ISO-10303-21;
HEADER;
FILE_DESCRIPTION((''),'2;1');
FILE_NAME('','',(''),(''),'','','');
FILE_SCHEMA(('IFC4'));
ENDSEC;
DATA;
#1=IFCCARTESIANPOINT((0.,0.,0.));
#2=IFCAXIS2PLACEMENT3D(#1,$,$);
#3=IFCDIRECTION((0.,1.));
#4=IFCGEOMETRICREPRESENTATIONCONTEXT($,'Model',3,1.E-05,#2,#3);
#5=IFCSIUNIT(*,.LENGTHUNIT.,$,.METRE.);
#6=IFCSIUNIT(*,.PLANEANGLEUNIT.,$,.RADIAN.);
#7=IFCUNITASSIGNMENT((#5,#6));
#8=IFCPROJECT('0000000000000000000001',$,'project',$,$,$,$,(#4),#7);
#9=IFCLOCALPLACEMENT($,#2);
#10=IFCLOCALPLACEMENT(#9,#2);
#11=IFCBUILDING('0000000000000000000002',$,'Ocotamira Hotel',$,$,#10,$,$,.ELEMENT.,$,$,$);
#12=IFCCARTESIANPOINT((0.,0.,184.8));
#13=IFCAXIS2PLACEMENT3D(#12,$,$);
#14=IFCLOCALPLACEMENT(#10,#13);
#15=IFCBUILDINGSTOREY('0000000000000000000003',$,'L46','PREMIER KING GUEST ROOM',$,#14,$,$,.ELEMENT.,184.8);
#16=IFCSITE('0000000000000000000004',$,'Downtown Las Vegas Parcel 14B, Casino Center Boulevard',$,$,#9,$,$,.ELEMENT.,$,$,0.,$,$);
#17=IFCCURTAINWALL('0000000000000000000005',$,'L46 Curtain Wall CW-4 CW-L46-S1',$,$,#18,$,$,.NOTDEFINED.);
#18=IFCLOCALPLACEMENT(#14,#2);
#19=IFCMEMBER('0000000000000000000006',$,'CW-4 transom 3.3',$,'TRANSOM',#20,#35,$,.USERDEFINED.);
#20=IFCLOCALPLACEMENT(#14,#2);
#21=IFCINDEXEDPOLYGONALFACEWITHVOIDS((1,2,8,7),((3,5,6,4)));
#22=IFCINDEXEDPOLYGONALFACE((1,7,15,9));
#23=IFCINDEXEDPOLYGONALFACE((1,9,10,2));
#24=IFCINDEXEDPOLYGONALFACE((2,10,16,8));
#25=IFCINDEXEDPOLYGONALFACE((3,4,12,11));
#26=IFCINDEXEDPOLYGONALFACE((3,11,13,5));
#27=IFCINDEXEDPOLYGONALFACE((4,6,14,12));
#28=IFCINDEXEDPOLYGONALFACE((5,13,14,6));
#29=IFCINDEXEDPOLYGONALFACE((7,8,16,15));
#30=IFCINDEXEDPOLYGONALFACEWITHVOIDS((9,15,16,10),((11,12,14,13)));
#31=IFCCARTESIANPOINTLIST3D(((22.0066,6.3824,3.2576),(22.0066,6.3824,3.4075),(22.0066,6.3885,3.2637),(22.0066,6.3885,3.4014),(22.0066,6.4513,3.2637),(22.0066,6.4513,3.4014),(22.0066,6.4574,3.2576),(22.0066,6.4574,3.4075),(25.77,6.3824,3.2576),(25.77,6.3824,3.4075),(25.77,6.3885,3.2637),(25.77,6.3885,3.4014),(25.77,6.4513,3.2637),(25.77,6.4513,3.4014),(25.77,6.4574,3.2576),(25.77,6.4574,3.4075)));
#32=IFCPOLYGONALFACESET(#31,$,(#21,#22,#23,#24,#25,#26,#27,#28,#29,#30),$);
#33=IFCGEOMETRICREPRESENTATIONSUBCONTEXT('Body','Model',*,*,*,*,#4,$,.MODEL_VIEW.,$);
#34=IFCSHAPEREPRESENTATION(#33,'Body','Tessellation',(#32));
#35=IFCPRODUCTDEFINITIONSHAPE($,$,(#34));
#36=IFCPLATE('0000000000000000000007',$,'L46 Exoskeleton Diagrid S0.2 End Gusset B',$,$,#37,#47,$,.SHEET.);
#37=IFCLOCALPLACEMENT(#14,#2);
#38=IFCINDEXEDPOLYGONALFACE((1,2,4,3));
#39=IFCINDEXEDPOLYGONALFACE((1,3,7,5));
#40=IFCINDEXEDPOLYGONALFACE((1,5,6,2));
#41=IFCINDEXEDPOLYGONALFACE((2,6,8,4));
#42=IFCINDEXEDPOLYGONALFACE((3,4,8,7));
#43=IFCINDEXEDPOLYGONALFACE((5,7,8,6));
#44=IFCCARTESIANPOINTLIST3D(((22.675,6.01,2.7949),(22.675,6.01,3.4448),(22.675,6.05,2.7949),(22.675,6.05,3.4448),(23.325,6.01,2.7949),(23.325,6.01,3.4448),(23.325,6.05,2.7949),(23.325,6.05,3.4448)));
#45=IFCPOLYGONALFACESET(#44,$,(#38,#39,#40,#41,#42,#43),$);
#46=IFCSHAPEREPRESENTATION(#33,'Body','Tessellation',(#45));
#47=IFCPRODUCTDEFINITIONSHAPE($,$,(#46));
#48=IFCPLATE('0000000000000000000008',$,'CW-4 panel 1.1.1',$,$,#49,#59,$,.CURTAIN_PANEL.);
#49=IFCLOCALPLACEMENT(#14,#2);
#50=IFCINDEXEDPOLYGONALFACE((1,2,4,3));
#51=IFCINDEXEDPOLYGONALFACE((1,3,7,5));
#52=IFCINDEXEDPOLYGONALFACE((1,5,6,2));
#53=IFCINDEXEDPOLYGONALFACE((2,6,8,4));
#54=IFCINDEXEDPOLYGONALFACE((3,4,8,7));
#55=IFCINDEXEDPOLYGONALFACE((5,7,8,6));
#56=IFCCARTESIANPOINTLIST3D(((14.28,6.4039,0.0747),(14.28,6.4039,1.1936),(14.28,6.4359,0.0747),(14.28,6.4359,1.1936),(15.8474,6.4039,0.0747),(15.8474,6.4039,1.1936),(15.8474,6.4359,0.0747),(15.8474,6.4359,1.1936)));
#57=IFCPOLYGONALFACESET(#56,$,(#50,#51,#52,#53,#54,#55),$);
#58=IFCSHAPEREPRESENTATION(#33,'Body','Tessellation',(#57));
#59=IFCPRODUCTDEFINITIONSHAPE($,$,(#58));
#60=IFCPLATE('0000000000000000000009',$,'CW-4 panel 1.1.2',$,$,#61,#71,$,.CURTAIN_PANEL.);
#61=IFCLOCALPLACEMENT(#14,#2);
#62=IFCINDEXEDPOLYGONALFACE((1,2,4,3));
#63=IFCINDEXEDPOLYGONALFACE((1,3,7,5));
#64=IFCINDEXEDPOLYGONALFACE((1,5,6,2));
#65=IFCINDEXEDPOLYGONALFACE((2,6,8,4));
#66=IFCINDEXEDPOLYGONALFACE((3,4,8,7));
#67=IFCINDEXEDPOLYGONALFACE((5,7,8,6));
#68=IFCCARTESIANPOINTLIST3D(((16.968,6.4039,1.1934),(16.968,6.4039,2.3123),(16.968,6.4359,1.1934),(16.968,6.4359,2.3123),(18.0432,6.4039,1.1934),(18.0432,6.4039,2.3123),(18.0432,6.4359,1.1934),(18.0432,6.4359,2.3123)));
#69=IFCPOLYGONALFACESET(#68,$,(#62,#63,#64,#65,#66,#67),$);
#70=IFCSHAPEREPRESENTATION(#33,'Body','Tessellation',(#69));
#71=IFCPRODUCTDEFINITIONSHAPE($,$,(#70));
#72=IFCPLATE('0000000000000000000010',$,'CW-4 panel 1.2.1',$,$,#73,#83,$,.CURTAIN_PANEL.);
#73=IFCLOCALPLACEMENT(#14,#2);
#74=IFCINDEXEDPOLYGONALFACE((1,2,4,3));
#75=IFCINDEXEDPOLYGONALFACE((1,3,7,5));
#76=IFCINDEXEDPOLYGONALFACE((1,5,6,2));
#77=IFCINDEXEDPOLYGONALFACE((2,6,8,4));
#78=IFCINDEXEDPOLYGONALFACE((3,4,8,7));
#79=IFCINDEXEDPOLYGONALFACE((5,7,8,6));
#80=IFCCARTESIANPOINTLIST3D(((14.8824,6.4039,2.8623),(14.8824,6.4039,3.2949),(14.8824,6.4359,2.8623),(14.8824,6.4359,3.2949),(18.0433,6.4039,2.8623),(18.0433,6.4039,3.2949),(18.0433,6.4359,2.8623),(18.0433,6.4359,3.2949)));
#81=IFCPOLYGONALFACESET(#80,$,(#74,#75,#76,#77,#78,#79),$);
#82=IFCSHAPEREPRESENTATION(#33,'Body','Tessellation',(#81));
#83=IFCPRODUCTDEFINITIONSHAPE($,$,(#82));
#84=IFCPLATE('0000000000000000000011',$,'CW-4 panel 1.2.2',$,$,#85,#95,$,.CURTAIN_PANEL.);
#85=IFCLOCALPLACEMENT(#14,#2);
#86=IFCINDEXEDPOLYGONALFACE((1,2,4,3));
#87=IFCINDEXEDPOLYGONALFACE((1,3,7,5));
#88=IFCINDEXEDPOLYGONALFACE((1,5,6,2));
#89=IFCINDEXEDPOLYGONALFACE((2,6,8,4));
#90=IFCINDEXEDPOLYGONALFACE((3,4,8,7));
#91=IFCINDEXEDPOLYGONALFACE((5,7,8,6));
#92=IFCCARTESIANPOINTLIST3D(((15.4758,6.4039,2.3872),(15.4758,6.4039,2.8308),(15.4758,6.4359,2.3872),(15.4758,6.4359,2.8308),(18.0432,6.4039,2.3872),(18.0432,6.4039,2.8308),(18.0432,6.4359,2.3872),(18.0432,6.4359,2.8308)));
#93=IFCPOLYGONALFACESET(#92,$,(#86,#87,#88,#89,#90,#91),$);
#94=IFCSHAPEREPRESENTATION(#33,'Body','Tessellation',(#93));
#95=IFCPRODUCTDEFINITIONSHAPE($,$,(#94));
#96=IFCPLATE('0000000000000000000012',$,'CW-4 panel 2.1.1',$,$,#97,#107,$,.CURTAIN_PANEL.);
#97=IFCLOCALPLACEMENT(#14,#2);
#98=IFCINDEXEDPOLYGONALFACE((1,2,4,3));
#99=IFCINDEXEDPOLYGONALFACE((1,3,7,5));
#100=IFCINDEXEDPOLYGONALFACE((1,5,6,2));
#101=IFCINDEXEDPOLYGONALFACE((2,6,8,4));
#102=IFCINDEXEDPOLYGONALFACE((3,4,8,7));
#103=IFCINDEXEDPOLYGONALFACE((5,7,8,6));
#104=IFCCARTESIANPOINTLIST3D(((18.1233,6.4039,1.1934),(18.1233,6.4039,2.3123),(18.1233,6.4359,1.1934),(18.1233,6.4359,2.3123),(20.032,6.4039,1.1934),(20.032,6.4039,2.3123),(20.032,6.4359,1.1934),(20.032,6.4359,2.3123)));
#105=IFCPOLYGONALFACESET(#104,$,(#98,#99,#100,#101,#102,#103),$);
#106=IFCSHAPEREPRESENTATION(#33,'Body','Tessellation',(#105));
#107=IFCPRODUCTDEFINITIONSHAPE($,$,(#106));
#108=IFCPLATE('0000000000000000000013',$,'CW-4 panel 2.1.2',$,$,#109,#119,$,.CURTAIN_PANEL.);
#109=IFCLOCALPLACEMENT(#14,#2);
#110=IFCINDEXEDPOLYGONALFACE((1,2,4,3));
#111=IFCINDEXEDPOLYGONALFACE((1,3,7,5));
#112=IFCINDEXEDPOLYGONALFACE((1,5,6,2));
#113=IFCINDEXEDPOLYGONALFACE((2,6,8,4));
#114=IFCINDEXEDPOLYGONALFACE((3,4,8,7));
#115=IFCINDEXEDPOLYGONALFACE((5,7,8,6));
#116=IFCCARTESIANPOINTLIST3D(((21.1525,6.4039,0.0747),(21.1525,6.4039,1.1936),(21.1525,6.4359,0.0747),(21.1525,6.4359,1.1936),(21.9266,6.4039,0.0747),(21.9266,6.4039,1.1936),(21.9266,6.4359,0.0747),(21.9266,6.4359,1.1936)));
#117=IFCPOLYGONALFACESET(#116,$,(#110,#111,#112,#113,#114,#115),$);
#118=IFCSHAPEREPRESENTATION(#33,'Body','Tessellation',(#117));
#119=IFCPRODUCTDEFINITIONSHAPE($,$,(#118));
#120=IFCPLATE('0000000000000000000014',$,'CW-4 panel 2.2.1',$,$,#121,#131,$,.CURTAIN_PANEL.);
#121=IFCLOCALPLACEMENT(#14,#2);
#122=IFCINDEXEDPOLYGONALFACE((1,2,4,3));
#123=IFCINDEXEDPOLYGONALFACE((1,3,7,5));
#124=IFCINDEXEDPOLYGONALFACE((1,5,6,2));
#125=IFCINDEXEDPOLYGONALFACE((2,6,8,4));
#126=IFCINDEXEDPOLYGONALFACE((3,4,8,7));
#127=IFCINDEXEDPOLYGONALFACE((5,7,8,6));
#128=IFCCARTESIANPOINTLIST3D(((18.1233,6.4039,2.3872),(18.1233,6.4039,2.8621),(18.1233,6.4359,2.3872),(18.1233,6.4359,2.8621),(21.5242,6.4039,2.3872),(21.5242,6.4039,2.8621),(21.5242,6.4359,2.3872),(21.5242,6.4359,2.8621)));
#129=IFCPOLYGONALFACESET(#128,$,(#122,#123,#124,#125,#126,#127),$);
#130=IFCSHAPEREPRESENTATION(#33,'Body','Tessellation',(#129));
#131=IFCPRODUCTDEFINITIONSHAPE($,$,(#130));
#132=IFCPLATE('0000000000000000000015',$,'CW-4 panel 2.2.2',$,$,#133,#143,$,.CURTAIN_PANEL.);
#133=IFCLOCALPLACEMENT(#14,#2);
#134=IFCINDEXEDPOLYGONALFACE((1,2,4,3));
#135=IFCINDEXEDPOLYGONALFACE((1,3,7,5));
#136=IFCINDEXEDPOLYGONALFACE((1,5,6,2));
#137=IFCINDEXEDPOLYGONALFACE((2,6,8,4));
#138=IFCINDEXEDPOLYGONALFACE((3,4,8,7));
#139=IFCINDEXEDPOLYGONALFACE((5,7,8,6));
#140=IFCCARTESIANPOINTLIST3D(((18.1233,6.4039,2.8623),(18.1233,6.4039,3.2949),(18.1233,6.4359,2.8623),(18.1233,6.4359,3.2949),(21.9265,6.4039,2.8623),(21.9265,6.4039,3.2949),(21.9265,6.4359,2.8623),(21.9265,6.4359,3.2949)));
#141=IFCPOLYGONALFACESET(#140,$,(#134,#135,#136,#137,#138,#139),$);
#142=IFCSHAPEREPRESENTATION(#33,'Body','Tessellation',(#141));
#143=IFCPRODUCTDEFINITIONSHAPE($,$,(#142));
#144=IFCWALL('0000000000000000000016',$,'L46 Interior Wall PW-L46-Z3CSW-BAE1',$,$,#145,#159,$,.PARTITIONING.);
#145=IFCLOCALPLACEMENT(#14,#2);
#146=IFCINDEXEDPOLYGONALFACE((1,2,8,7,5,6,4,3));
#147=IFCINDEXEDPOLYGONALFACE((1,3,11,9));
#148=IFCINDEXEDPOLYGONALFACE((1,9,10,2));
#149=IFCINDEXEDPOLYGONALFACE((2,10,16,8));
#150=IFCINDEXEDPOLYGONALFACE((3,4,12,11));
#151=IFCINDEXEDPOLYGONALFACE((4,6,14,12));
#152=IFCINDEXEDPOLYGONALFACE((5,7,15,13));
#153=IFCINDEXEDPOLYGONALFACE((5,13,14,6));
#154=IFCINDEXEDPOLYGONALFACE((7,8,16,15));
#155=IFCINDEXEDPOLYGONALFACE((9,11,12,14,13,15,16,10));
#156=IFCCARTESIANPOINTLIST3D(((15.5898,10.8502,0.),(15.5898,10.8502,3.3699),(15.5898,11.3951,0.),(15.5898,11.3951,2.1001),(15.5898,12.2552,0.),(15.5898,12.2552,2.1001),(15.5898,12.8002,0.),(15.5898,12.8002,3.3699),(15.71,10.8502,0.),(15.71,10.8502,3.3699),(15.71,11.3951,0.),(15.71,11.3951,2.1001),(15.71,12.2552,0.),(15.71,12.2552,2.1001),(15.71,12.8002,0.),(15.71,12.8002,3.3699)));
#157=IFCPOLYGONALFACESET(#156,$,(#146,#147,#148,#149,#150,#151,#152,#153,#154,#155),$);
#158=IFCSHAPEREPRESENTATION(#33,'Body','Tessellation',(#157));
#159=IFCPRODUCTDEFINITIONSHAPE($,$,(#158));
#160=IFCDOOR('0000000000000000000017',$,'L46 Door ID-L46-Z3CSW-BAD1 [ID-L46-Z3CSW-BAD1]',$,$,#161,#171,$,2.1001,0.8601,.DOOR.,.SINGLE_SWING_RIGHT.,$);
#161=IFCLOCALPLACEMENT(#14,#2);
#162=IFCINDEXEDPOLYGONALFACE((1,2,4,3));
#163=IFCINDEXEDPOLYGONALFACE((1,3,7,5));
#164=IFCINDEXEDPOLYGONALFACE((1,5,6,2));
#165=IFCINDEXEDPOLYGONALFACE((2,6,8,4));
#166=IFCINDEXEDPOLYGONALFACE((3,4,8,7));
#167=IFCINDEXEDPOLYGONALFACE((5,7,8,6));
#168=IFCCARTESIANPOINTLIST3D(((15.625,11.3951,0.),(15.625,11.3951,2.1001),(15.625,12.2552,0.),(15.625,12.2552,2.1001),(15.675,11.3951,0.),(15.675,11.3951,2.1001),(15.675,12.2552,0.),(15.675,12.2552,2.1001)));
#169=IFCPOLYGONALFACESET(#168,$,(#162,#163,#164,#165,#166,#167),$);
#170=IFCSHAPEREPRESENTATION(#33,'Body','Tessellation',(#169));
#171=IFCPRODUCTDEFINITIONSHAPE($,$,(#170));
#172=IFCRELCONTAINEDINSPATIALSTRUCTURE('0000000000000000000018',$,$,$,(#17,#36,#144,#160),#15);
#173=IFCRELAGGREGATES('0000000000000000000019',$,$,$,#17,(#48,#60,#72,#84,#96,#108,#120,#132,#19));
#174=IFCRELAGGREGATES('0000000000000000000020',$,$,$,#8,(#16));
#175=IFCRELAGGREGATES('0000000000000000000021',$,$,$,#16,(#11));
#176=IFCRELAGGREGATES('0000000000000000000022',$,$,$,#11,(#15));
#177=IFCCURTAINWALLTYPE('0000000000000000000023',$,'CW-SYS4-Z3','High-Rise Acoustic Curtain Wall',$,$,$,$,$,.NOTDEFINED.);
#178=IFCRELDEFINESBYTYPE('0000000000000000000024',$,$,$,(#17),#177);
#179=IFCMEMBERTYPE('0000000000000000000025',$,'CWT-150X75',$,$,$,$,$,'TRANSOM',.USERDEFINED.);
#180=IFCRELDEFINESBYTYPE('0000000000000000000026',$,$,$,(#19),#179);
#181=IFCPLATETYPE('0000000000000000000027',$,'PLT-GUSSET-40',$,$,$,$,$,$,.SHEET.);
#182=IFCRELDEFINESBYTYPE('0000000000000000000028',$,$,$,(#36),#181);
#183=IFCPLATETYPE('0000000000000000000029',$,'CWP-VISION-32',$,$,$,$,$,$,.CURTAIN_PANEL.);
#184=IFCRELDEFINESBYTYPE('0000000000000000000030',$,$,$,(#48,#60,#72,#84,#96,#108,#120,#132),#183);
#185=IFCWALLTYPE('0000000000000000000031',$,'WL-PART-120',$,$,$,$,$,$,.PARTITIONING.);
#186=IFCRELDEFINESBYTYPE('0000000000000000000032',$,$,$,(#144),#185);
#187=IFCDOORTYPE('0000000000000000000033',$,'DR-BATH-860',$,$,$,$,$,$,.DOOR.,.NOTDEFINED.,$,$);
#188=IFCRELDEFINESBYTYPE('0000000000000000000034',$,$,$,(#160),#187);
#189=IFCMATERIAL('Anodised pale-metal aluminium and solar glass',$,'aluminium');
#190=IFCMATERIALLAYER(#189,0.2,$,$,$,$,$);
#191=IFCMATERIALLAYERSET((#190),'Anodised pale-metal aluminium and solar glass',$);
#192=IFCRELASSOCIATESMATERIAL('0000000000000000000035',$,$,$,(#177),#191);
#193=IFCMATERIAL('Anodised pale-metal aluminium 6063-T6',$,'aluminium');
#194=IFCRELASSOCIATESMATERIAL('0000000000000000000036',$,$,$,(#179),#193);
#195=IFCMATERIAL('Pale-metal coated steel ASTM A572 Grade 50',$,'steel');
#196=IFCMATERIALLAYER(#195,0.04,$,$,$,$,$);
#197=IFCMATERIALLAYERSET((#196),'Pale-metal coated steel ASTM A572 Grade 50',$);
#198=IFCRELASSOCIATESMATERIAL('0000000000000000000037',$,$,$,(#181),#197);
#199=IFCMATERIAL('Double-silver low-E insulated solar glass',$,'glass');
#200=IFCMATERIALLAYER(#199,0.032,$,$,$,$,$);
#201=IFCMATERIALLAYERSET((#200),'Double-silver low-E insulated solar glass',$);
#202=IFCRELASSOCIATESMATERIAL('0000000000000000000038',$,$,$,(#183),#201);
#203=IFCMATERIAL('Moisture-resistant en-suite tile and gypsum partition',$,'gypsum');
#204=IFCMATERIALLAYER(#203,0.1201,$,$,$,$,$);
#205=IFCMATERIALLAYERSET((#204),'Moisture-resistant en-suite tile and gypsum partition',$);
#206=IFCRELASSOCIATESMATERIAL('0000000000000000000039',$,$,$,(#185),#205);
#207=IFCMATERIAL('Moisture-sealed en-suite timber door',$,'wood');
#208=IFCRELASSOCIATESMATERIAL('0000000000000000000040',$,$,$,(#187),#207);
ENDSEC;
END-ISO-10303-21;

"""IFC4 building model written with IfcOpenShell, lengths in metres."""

from ifc_helpers import new_model, si_unit, direction, frame, frame_2d, origin, origin_2d, place, context, subcontext, project, spatial, rectangle, hollow_rectangle, extrude, source, transform, mapped, material, layer, layer_set, material_profile, profile_set, type_object, element, fill, aggregate, save


model = new_model("IFC4")

# Units and contexts
model_context = context("Model", 3, precision=1e-05, world=origin(), true_north=direction((0.0, 1.0)))
body_context = subcontext(model_context, "Body", "Model", "MODEL_VIEW")
ifc_project = project(units=[si_unit("LENGTHUNIT", "METRE"), si_unit("PLANEANGLEUNIT", "RADIAN")], contexts=[model_context])

# Site, building, storey
site_placement = place(None, origin())
site = spatial("IfcSite", under=ifc_project, at=site_placement, Name="Downtown Las Vegas Parcel 14B, Casino Center Boulevard", CompositionType="ELEMENT", RefElevation=0.0)
building_placement = place(site_placement, origin())
building = spatial("IfcBuilding", under=site, at=building_placement, Name="Ocotamira Hotel", CompositionType="ELEMENT")
storey_placement = place(building_placement, frame((0.0, 0.0, 184.8)))
storey = spatial("IfcBuildingStorey", under=building, at=storey_placement, Name="L46", Description="PREMIER KING GUEST ROOM", CompositionType="ELEMENT", Elevation=184.8)

# Curtain wall, member
ifc_material_1 = material(Name="Anodised pale-metal aluminium and solar glass", Category="aluminium")
ifc_layer_1 = layer(ifc_material_1, 0.2)
ifc_layer_set_1 = layer_set([ifc_layer_1], Name="Anodised pale-metal aluminium and solar glass")
curtain_wall_type = type_object("IfcCurtainWallType", Name="CW-SYS4-Z3", Description="High-Rise Acoustic Curtain Wall", PredefinedType="NOTDEFINED", material=ifc_layer_set_1)
curtain_wall_placement = place(storey_placement, origin())
curtain_wall = element("IfcCurtainWall", 1, at=curtain_wall_placement, inside=storey, type_object=curtain_wall_type, Name="L46 Curtain Wall CW-4 CW-L46-S1", PredefinedType="NOTDEFINED")
ifc_material_2 = material(Name="Anodised pale-metal aluminium 6063-T6", Category="aluminium")
ifc_material_profile_1 = material_profile(ifc_material_2, hollow_rectangle(XDim=0.075, YDim=0.1499, WallThickness=0.0061, at=origin_2d()), Name="HSS150X75X6")
ifc_profile_set_1 = profile_set([ifc_material_profile_1], Name="Anodised pale-metal aluminium 6063-T6")
member_type_1 = type_object("IfcMemberType", Name="CWT-150X75", ElementType="TRANSOM", PredefinedType="USERDEFINED", material=ifc_profile_set_1)
shared_shape_1 = source(origin(), body_context, "Body", "SweptSolid", [
    extrude(hollow_rectangle(XDim=0.075, YDim=0.1499, WallThickness=0.0061, at=origin_2d()), origin(), (0.0, 0.0, 1.0), 3.7634),
])
member_1_placement = place(storey_placement, frame((22.0066, 6.4199, 3.3325), z_axis=(1.0, 0.0, 0.0), x_axis=(0.0, 1.0, 0.0)))
member_1 = element("IfcMember", 2, at=member_1_placement, type_object=member_type_1, Name="CW-4 transom 3.3", ObjectType="TRANSOM", PredefinedType="USERDEFINED", context=body_context, shape_type="MappedRepresentation", body=[
    mapped(shared_shape_1, transform((0.0, 0.0, 0.0), scale=1.0)),
])

# Plates
ifc_material_3 = material(Name="Pale-metal coated steel ASTM A572 Grade 50", Category="steel")
ifc_layer_2 = layer(ifc_material_3, 0.04)
ifc_layer_set_2 = layer_set([ifc_layer_2], Name="Pale-metal coated steel ASTM A572 Grade 50")
plate_type_1 = type_object("IfcPlateType", Name="PLT-GUSSET-40", PredefinedType="SHEET", material=ifc_layer_set_2)
shared_shape_2 = source(origin(), body_context, "Body", "SweptSolid", [
    extrude(rectangle(XDim=0.6499, YDim=0.04, at=origin_2d()), origin(), (0.0, 0.0, 1.0), 0.6499),
])
plate_1_placement = place(storey_placement, frame((23.0, 6.03, 2.7949), z_axis=(0.0, 0.0, 1.0), x_axis=(1.0, 0.0, 0.0)))
element("IfcPlate", 3, at=plate_1_placement, inside=storey, type_object=plate_type_1, Name="L46 Exoskeleton Diagrid S0.2 End Gusset B", PredefinedType="SHEET", context=body_context, shape_type="MappedRepresentation", body=[
    mapped(shared_shape_2, transform((0.0, 0.0, 0.0), scale=1.0)),
])
ifc_material_4 = material(Name="Double-silver low-E insulated solar glass", Category="glass")
ifc_layer_3 = layer(ifc_material_4, 0.032)
ifc_layer_set_3 = layer_set([ifc_layer_3], Name="Double-silver low-E insulated solar glass")
plate_type_2 = type_object("IfcPlateType", Name="CWP-VISION-32", PredefinedType="CURTAIN_PANEL", material=ifc_layer_set_3)
shared_shape_3 = source(origin(), body_context, "Body", "SweptSolid", [
    extrude(rectangle(XDim=1.5674, YDim=0.032, at=origin_2d()), origin(), (0.0, 0.0, 1.0), 1.1189),
])
plate_2_placement = place(storey_placement, frame((15.0637, 6.4199, 0.0747), z_axis=(0.0, 0.0, 1.0), x_axis=(1.0, 0.0, 0.0)))
plate_2 = element("IfcPlate", 4, at=plate_2_placement, type_object=plate_type_2, Name="CW-4 panel 1.1.1", PredefinedType="CURTAIN_PANEL", context=body_context, shape_type="MappedRepresentation", body=[
    mapped(shared_shape_3, transform((0.0, 0.0, 0.0), scale=1.0)),
])
shared_shape_4 = source(origin(), body_context, "Body", "SweptSolid", [
    extrude(rectangle(XDim=1.0752, YDim=0.032, at=origin_2d()), origin(), (0.0, 0.0, 1.0), 1.1189),
])
plate_3_placement = place(storey_placement, frame((17.5056, 6.4199, 1.1934), z_axis=(0.0, 0.0, 1.0), x_axis=(1.0, 0.0, 0.0)))
plate_3 = element("IfcPlate", 5, at=plate_3_placement, type_object=plate_type_2, Name="CW-4 panel 1.1.2", PredefinedType="CURTAIN_PANEL", context=body_context, shape_type="MappedRepresentation", body=[
    mapped(shared_shape_4, transform((0.0, 0.0, 0.0), scale=1.0)),
])
shared_shape_5 = source(origin(), body_context, "Body", "SweptSolid", [
    extrude(rectangle(XDim=3.1609, YDim=0.032, at=origin_2d()), origin(), (0.0, 0.0, 1.0), 0.4326),
])
plate_4_placement = place(storey_placement, frame((16.4629, 6.4199, 2.8623), z_axis=(0.0, 0.0, 1.0), x_axis=(1.0, 0.0, 0.0)))
plate_4 = element("IfcPlate", 6, at=plate_4_placement, type_object=plate_type_2, Name="CW-4 panel 1.2.1", PredefinedType="CURTAIN_PANEL", context=body_context, shape_type="MappedRepresentation", body=[
    mapped(shared_shape_5, transform((0.0, 0.0, 0.0), scale=1.0)),
])
shared_shape_6 = source(origin(), body_context, "Body", "SweptSolid", [
    extrude(rectangle(XDim=2.5674, YDim=0.032, at=origin_2d()), origin(), (0.0, 0.0, 1.0), 0.4436),
])
plate_5_placement = place(storey_placement, frame((16.7595, 6.4199, 2.3872), z_axis=(0.0, 0.0, 1.0), x_axis=(1.0, 0.0, 0.0)))
plate_5 = element("IfcPlate", 7, at=plate_5_placement, type_object=plate_type_2, Name="CW-4 panel 1.2.2", PredefinedType="CURTAIN_PANEL", context=body_context, shape_type="MappedRepresentation", body=[
    mapped(shared_shape_6, transform((0.0, 0.0, 0.0), scale=1.0)),
])
shared_shape_7 = source(origin(), body_context, "Body", "SweptSolid", [
    extrude(rectangle(XDim=1.9087, YDim=0.032, at=origin_2d()), origin(), (0.0, 0.0, 1.0), 1.1189),
])
plate_6_placement = place(storey_placement, frame((19.0776, 6.4199, 1.1934), z_axis=(0.0, 0.0, 1.0), x_axis=(1.0, 0.0, 0.0)))
plate_6 = element("IfcPlate", 8, at=plate_6_placement, type_object=plate_type_2, Name="CW-4 panel 2.1.1", PredefinedType="CURTAIN_PANEL", context=body_context, shape_type="MappedRepresentation", body=[
    mapped(shared_shape_7, transform((0.0, 0.0, 0.0), scale=1.0)),
])
shared_shape_8 = source(origin(), body_context, "Body", "SweptSolid", [
    extrude(rectangle(XDim=0.7742, YDim=0.032, at=origin_2d()), origin(), (0.0, 0.0, 1.0), 1.1189),
])
plate_7_placement = place(storey_placement, frame((21.5396, 6.4199, 0.0747), z_axis=(0.0, 0.0, 1.0), x_axis=(1.0, 0.0, 0.0)))
plate_7 = element("IfcPlate", 9, at=plate_7_placement, type_object=plate_type_2, Name="CW-4 panel 2.1.2", PredefinedType="CURTAIN_PANEL", context=body_context, shape_type="MappedRepresentation", body=[
    mapped(shared_shape_8, transform((0.0, 0.0, 0.0), scale=1.0)),
])
shared_shape_9 = source(origin(), body_context, "Body", "SweptSolid", [
    extrude(rectangle(XDim=3.4009, YDim=0.032, at=origin_2d()), origin(), (0.0, 0.0, 1.0), 0.4749),
])
plate_8_placement = place(storey_placement, frame((19.8237, 6.4199, 2.3872), z_axis=(0.0, 0.0, 1.0), x_axis=(1.0, 0.0, 0.0)))
plate_8 = element("IfcPlate", 10, at=plate_8_placement, type_object=plate_type_2, Name="CW-4 panel 2.2.1", PredefinedType="CURTAIN_PANEL", context=body_context, shape_type="MappedRepresentation", body=[
    mapped(shared_shape_9, transform((0.0, 0.0, 0.0), scale=1.0)),
])
shared_shape_10 = source(origin(), body_context, "Body", "SweptSolid", [
    extrude(rectangle(XDim=3.8032, YDim=0.032, at=origin_2d()), origin(), (0.0, 0.0, 1.0), 0.4326),
])
plate_9_placement = place(storey_placement, frame((20.0249, 6.4199, 2.8623), z_axis=(0.0, 0.0, 1.0), x_axis=(1.0, 0.0, 0.0)))
plate_9 = element("IfcPlate", 11, at=plate_9_placement, type_object=plate_type_2, Name="CW-4 panel 2.2.2", PredefinedType="CURTAIN_PANEL", context=body_context, shape_type="MappedRepresentation", body=[
    mapped(shared_shape_10, transform((0.0, 0.0, 0.0), scale=1.0)),
])
aggregate(curtain_wall, [plate_2, plate_3, plate_4, plate_5, plate_6, plate_7, plate_8, plate_9, member_1])

# Wall, opening, door
ifc_material_5 = material(Name="Moisture-resistant en-suite tile and gypsum partition", Category="gypsum")
ifc_layer_4 = layer(ifc_material_5, 0.1201)
ifc_layer_set_4 = layer_set([ifc_layer_4], Name="Moisture-resistant en-suite tile and gypsum partition")
wall_type_1 = type_object("IfcWallType", Name="WL-PART-120", PredefinedType="PARTITIONING", material=ifc_layer_set_4)
wall_1_placement = place(storey_placement, frame((15.6499, 10.8501, 0.0), z_axis=(0.0, 0.0, 1.0), x_axis=(0.0, 1.0, 0.0)))
wall_1 = element("IfcWall", 12, at=wall_1_placement, inside=storey, type_object=wall_type_1, Name="L46 Interior Wall PW-L46-Z3CSW-BAE1", PredefinedType="PARTITIONING", context=body_context, shape_type="SweptSolid", body=[
    extrude(rectangle(XDim=1.95, YDim=0.1201, at=frame_2d((0.9751, 0.0))), origin(), (0.0, 0.0, 1.0), 3.3699),
])
opening_placement = place(wall_1_placement, frame((0.5449, 0.0, 0.0)))
opening = element("IfcOpeningElement", 13, at=opening_placement, cuts=wall_1, PredefinedType="OPENING", context=body_context, shape_type="SweptSolid", body=[
    extrude(rectangle(XDim=0.8601, YDim=2.1001, at=frame_2d((0.4302, 1.05))), frame((0.0, 0.0701, 0.0), z_axis=(0.0, -1.0, 0.0), x_axis=(1.0, 0.0, 0.0)), (0.0, 0.0, 1.0), 0.1401),
])
ifc_material_6 = material(Name="Moisture-sealed en-suite timber door", Category="wood")
door_type = type_object("IfcDoorType", Name="DR-BATH-860", OperationType="NOTDEFINED", PredefinedType="DOOR", material=ifc_material_6)
shared_shape_11 = source(origin(), body_context, "Body", "SweptSolid", [
    extrude(rectangle(XDim=0.8601, YDim=2.1001, at=frame_2d((0.4302, 1.05))), frame((0.0, 0.0249, 0.0), z_axis=(0.0, -1.0, 0.0), x_axis=(1.0, 0.0, 0.0)), (0.0, 0.0, 1.0), 0.05),
])
door_placement = place(opening_placement, origin())
door = element("IfcDoor", 14, at=door_placement, inside=storey, type_object=door_type, Name="L46 Door ID-L46-Z3CSW-BAD1 [ID-L46-Z3CSW-BAD1]", OperationType="SINGLE_SWING_RIGHT", OverallHeight=2.1001, OverallWidth=0.8601, PredefinedType="DOOR", context=body_context, shape_type="MappedRepresentation", body=[
    mapped(shared_shape_11, transform((0.0, 0.0, 0.0), scale=1.0)),
])
fill(opening, door)

save(model, "model.ifc")
